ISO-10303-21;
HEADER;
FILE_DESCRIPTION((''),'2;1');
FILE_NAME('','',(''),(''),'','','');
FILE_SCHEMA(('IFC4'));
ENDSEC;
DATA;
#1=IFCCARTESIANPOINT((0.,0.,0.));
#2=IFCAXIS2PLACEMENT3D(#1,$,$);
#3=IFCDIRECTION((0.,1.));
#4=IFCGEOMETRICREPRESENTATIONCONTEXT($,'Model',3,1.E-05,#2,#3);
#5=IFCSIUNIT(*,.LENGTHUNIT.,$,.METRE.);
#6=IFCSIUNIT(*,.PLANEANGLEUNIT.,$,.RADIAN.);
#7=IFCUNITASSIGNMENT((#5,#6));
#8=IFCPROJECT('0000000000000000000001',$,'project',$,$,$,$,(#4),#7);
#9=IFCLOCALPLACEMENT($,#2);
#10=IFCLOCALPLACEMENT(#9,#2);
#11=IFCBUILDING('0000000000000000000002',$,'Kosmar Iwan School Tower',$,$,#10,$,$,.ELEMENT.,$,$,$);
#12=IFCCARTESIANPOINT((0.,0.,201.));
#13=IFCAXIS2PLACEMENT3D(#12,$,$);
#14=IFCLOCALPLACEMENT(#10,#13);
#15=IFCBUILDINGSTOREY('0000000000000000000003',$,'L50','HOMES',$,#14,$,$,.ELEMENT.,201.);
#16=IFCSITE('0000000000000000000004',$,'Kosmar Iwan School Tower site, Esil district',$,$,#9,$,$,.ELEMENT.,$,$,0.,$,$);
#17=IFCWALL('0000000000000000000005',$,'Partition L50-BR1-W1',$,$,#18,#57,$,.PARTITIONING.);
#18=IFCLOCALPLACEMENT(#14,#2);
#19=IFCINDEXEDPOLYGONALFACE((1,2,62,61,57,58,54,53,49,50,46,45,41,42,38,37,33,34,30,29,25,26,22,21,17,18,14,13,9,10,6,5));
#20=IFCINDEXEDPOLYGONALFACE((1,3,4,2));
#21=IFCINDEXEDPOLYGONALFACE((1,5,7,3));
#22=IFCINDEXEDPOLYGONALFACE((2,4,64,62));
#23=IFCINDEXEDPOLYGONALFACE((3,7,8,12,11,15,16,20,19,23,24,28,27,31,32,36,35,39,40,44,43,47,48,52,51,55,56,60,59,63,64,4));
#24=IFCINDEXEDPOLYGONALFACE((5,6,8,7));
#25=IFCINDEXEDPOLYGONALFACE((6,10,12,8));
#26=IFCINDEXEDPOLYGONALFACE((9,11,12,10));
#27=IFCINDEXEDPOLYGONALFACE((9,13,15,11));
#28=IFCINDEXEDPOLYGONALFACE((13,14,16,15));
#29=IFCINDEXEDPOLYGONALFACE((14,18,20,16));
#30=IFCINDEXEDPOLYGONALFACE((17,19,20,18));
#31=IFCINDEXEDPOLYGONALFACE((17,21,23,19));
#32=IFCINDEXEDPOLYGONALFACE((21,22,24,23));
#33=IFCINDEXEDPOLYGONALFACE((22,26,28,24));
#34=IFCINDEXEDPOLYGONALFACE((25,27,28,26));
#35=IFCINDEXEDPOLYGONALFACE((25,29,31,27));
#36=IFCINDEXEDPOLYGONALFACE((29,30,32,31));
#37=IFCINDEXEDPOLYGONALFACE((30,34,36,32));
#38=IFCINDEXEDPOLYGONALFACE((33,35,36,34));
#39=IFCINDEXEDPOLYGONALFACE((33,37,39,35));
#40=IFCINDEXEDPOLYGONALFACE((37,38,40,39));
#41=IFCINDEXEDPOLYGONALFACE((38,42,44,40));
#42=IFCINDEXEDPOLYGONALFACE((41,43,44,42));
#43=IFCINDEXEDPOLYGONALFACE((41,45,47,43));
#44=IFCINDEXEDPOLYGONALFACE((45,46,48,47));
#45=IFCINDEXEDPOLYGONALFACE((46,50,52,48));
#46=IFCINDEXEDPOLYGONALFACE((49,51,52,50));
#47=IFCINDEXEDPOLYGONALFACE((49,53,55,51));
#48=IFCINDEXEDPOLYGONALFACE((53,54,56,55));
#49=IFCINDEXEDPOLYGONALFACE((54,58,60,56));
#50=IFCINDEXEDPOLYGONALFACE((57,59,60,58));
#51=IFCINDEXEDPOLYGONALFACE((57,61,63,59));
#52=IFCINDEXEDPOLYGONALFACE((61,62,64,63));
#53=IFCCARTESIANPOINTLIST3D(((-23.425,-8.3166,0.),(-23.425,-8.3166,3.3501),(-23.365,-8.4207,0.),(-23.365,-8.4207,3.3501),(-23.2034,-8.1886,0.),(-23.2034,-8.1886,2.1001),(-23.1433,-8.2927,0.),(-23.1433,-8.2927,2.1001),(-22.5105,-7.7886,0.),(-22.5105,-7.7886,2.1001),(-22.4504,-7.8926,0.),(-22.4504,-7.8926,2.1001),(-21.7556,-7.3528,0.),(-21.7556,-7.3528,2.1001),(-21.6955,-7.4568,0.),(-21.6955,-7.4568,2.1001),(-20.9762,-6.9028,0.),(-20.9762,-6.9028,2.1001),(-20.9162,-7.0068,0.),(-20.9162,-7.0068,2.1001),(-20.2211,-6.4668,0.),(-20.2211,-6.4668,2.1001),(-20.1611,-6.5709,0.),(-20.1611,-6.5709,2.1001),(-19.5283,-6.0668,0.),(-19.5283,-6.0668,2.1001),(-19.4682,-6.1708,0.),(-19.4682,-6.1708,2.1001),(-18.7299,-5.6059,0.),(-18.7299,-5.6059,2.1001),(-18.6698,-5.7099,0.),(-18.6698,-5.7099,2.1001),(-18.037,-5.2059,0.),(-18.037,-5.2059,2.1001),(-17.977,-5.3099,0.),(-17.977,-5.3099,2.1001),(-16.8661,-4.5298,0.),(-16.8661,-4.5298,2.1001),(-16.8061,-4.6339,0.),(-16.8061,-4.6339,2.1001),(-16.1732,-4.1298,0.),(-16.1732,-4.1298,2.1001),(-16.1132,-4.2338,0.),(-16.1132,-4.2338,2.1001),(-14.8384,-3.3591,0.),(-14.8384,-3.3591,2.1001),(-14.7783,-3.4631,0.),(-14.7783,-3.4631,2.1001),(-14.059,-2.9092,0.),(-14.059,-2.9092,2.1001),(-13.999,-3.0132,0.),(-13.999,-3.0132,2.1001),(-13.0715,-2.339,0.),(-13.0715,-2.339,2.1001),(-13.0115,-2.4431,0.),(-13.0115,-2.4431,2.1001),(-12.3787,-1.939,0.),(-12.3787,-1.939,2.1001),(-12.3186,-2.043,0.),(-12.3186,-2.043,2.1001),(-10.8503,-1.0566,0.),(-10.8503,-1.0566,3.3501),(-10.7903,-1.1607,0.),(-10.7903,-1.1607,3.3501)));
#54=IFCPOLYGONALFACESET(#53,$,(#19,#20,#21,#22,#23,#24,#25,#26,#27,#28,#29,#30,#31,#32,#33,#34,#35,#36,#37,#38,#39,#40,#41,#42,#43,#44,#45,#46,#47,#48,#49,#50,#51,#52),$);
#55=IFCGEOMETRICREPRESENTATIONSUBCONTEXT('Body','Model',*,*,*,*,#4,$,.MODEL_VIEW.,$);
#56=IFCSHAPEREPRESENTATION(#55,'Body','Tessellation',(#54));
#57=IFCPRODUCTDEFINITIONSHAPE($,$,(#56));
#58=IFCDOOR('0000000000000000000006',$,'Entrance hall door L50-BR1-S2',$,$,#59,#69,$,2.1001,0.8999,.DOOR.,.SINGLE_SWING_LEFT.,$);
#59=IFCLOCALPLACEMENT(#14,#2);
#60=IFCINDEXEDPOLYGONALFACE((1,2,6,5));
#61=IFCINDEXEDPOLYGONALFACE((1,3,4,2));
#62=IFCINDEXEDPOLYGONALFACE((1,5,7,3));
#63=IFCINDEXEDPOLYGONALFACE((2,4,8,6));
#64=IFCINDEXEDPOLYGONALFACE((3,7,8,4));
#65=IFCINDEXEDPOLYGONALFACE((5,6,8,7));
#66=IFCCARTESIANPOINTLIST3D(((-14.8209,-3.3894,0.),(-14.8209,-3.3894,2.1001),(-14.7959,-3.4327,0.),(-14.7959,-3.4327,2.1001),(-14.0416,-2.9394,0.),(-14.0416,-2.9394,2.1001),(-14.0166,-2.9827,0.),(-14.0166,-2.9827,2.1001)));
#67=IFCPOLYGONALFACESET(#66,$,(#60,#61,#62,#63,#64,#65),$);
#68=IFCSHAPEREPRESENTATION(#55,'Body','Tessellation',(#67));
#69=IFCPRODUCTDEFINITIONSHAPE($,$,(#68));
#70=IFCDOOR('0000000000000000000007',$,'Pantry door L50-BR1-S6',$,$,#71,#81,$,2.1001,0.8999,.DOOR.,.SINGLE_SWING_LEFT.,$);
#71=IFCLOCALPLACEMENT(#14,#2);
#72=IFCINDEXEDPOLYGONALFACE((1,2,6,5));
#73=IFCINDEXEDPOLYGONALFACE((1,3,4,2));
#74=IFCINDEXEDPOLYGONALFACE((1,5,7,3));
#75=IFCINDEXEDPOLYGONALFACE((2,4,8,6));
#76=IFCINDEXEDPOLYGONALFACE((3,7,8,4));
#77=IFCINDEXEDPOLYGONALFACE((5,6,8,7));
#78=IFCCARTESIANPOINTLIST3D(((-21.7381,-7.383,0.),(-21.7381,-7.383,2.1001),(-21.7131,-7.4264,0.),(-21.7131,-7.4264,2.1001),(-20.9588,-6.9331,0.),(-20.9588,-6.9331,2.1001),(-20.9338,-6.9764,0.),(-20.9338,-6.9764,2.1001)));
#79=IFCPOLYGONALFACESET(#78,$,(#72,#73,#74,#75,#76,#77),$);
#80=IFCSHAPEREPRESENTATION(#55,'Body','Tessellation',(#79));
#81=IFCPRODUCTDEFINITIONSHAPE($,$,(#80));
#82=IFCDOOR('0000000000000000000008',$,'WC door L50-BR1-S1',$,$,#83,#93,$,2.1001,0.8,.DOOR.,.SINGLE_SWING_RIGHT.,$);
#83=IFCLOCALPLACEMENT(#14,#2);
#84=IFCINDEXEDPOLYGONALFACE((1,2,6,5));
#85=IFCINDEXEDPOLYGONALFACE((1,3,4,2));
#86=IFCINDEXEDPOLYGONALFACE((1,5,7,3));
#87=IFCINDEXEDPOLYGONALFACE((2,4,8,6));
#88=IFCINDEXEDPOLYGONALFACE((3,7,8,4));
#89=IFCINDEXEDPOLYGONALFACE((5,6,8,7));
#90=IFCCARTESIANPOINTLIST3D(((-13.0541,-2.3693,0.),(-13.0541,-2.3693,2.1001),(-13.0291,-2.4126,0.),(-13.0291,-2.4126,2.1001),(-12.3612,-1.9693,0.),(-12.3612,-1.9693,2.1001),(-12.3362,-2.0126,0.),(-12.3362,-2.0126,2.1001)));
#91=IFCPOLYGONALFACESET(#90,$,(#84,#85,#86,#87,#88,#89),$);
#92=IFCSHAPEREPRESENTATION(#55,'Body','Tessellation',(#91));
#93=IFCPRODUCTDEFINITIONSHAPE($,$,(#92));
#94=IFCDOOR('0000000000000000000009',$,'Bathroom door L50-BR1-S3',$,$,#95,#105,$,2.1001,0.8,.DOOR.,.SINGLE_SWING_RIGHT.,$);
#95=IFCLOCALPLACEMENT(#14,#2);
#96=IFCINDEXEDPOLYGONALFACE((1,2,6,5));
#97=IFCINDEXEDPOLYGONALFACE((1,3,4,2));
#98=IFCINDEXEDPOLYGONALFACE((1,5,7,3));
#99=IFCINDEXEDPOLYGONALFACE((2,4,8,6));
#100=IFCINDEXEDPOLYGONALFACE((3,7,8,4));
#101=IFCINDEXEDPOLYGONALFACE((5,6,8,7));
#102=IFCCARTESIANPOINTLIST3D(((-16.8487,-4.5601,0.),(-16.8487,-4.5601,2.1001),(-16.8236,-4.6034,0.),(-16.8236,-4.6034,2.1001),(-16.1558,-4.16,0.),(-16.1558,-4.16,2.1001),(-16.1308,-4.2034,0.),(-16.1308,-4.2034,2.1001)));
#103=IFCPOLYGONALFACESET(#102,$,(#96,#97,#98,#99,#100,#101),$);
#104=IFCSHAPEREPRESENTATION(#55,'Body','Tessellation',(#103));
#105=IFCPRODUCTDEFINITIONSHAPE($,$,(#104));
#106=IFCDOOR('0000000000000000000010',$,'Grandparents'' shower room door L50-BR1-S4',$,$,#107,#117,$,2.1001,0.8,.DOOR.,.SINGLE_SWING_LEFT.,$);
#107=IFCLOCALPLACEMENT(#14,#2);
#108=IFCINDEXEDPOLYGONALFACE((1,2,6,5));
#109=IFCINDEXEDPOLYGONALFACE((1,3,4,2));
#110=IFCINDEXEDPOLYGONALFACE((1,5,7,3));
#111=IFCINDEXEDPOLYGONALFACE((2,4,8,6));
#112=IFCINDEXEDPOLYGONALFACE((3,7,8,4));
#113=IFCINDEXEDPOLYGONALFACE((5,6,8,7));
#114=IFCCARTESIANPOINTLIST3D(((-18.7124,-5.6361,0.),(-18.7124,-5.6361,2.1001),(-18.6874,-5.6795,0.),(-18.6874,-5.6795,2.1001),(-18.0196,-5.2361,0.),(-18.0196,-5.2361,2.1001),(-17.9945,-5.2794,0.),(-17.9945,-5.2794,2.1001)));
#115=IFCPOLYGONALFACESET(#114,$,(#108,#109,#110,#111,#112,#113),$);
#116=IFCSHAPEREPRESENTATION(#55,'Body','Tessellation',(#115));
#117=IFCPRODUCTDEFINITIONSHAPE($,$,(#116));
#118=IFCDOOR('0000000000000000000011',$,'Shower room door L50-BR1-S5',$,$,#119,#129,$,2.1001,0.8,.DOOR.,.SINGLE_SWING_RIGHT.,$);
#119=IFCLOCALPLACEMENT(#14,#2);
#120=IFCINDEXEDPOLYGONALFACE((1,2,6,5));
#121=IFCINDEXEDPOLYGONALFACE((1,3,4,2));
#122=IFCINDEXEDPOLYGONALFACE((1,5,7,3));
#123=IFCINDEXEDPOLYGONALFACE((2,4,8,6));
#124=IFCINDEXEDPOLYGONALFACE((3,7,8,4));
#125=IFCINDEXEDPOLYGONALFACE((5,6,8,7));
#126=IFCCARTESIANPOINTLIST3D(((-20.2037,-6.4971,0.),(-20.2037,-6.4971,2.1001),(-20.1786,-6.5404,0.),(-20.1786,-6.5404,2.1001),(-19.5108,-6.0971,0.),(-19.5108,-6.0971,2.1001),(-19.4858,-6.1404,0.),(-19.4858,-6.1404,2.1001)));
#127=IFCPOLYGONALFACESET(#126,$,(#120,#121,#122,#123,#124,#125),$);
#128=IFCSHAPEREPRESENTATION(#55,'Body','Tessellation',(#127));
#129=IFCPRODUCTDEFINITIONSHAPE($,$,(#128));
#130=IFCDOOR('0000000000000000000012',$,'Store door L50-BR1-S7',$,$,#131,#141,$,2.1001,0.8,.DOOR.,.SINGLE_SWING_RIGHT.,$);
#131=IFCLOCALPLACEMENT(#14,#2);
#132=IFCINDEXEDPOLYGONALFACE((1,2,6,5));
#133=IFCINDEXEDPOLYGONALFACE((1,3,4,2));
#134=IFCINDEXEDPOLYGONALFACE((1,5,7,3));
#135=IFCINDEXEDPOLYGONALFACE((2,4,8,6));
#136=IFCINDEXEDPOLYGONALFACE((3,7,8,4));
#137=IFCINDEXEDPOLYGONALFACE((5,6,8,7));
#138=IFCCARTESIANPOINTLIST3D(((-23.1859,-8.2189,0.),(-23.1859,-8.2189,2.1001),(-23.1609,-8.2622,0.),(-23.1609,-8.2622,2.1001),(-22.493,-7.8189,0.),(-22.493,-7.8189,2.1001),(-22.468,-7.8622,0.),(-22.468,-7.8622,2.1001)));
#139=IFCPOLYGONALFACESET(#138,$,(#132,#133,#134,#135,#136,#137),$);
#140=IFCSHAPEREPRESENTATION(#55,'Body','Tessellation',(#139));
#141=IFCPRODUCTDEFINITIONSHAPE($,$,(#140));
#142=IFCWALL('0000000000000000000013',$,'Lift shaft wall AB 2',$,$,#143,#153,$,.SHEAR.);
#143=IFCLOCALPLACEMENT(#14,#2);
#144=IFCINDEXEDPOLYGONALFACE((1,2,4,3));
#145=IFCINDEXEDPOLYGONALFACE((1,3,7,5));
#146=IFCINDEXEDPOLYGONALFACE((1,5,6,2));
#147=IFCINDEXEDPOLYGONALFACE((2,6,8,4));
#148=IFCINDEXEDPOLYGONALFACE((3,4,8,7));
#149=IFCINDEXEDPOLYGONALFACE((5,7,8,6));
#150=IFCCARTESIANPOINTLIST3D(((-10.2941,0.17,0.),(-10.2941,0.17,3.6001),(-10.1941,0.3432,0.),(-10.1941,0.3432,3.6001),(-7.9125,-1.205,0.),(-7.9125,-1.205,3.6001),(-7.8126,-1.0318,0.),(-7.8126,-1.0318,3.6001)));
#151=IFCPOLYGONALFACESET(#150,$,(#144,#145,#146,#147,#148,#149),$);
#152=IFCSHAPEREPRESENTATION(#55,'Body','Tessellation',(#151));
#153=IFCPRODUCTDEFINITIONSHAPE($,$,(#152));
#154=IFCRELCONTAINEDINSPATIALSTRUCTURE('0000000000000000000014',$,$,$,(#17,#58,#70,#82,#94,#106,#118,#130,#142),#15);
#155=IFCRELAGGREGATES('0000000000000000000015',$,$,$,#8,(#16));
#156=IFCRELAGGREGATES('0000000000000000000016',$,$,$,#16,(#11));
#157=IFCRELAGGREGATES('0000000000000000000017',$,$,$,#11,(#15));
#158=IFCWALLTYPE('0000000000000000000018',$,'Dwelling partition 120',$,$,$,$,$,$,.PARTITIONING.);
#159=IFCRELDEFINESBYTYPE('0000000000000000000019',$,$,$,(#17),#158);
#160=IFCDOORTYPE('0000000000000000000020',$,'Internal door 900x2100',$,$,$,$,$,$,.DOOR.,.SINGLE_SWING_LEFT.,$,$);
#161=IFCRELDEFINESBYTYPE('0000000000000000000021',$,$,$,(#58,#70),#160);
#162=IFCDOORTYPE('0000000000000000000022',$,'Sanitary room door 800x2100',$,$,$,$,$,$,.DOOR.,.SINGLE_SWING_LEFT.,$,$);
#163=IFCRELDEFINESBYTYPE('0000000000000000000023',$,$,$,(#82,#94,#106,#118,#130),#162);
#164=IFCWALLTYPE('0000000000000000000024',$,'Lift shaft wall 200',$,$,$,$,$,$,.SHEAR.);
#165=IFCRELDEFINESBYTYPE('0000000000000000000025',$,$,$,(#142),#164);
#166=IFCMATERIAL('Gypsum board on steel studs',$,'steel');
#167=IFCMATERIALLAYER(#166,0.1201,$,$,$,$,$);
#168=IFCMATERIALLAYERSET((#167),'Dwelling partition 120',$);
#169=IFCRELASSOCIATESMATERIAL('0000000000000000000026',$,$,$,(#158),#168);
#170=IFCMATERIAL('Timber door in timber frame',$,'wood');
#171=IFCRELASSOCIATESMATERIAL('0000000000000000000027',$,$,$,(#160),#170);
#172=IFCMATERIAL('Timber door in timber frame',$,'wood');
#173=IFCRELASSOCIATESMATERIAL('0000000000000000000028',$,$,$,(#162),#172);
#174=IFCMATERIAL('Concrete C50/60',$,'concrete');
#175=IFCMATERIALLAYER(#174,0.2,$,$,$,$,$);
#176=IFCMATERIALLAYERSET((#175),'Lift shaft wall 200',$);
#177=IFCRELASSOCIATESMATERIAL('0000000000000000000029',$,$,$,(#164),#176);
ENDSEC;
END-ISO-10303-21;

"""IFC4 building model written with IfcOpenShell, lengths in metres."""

from ifc_helpers import new_model, si_unit, direction, frame, frame_2d, origin, place, context, subcontext, project, spatial, rectangle, extrude, material, layer, layer_set, type_object, element, fill, save


model = new_model("IFC4")

# Units and contexts
model_context = context("Model", 3, precision=1e-05, world=origin(), true_north=direction((0.0, 1.0)))
body_context = subcontext(model_context, "Body", "Model", "MODEL_VIEW")
ifc_project = project(units=[si_unit("LENGTHUNIT", "METRE"), si_unit("PLANEANGLEUNIT", "RADIAN")], contexts=[model_context])

# Site, building, storey
site_placement = place(None, origin())
site = spatial("IfcSite", under=ifc_project, at=site_placement, Name="Kosmar Iwan School Tower site, Esil district", CompositionType="ELEMENT", RefElevation=0.0)
building_placement = place(site_placement, origin())
building = spatial("IfcBuilding", under=site, at=building_placement, Name="Kosmar Iwan School Tower", CompositionType="ELEMENT")
storey_placement = place(building_placement, frame((0.0, 0.0, 201.0)))
storey = spatial("IfcBuildingStorey", under=building, at=storey_placement, Name="L50", Description="HOMES", CompositionType="ELEMENT", Elevation=201.0)

# Shared definitions
ifc_material_1 = material(Name="Gypsum board on steel studs", Category="steel")
ifc_layer_1 = layer(ifc_material_1, 0.1201)
ifc_layer_set_1 = layer_set([ifc_layer_1], Name="Dwelling partition 120")
wall_type_1 = type_object("IfcWallType", Name="Dwelling partition 120", PredefinedType="PARTITIONING", material=ifc_layer_set_1)

# Wall, openings, doors
wall_1_placement = place(storey_placement, frame((-10.8203, -1.1086, 0.0), z_axis=(0.0, 0.0, 1.0), x_axis=(-0.866025, -0.5, 0.0)))
wall_1 = element("IfcWall", 1, at=wall_1_placement, inside=storey, type_object=wall_type_1, Name="Partition L50-BR1-W1", PredefinedType="PARTITIONING", context=body_context, shape_type="SweptSolid", body=[
    extrude(rectangle(XDim=14.52, YDim=0.1201, at=frame_2d((7.26, 0.0))), origin(), (0.0, 0.0, 1.0), 3.3501),
])
opening_1_placement = place(wall_1_placement, frame((1.7649, 0.0, 0.0)))
opening_1 = element("IfcOpeningElement", 2, at=opening_1_placement, cuts=wall_1, PredefinedType="OPENING", context=body_context, shape_type="SweptSolid", body=[
    extrude(rectangle(XDim=0.8, YDim=2.1001, at=frame_2d((0.3999, 1.05))), frame((0.0, 0.072, 0.0), z_axis=(0.0, -1.0, 0.0), x_axis=(1.0, 0.0, 0.0)), (0.0, 0.0, 1.0), 0.144),
])
opening_2_placement = place(wall_1_placement, frame((3.7051, 0.0, 0.0)))
opening_2 = element("IfcOpeningElement", 3, at=opening_2_placement, cuts=wall_1, PredefinedType="OPENING", context=body_context, shape_type="SweptSolid", body=[
    extrude(rectangle(XDim=0.8999, YDim=2.1001, at=frame_2d((0.45, 1.05))), frame((0.0, 0.072, 0.0), z_axis=(0.0, -1.0, 0.0), x_axis=(1.0, 0.0, 0.0)), (0.0, 0.0, 1.0), 0.144),
])
opening_3_placement = place(wall_1_placement, frame((6.1465, 0.0, 0.0)))
opening_3 = element("IfcOpeningElement", 4, at=opening_3_placement, cuts=wall_1, PredefinedType="OPENING", context=body_context, shape_type="SweptSolid", body=[
    extrude(rectangle(XDim=0.8, YDim=2.1001, at=frame_2d((0.3999, 1.05))), frame((0.0, 0.072, 0.0), z_axis=(0.0, -1.0, 0.0), x_axis=(1.0, 0.0, 0.0)), (0.0, 0.0, 1.0), 0.144),
])
opening_4_placement = place(wall_1_placement, frame((8.2986, 0.0, 0.0)))
opening_4 = element("IfcOpeningElement", 5, at=opening_4_placement, cuts=wall_1, PredefinedType="OPENING", context=body_context, shape_type="SweptSolid", body=[
    extrude(rectangle(XDim=0.8, YDim=2.1001, at=frame_2d((0.3999, 1.05))), frame((0.0, 0.072, 0.0), z_axis=(0.0, -1.0, 0.0), x_axis=(1.0, 0.0, 0.0)), (0.0, 0.0, 1.0), 0.144),
])
opening_5_placement = place(wall_1_placement, frame((10.0205, 0.0, 0.0)))
opening_5 = element("IfcOpeningElement", 6, at=opening_5_placement, cuts=wall_1, PredefinedType="OPENING", context=body_context, shape_type="SweptSolid", body=[
    extrude(rectangle(XDim=0.8, YDim=2.1001, at=frame_2d((0.3999, 1.05))), frame((0.0, 0.072, 0.0), z_axis=(0.0, -1.0, 0.0), x_axis=(1.0, 0.0, 0.0)), (0.0, 0.0, 1.0), 0.144),
])
opening_6_placement = place(wall_1_placement, frame((11.6924, 0.0, 0.0)))
opening_6 = element("IfcOpeningElement", 7, at=opening_6_placement, cuts=wall_1, PredefinedType="OPENING", context=body_context, shape_type="SweptSolid", body=[
    extrude(rectangle(XDim=0.8999, YDim=2.1001, at=frame_2d((0.45, 1.05))), frame((0.0, 0.072, 0.0), z_axis=(0.0, -1.0, 0.0), x_axis=(1.0, 0.0, 0.0)), (0.0, 0.0, 1.0), 0.144),
])
opening_7_placement = place(wall_1_placement, frame((13.4641, 0.0, 0.0)))
opening_7 = element("IfcOpeningElement", 8, at=opening_7_placement, cuts=wall_1, PredefinedType="OPENING", context=body_context, shape_type="SweptSolid", body=[
    extrude(rectangle(XDim=0.8, YDim=2.1001, at=frame_2d((0.3999, 1.05))), frame((0.0, 0.072, 0.0), z_axis=(0.0, -1.0, 0.0), x_axis=(1.0, 0.0, 0.0)), (0.0, 0.0, 1.0), 0.144),
])
ifc_material_2 = material(Name="Timber door in timber frame", Category="wood")
door_type_1 = type_object("IfcDoorType", Name="Internal door 900x2100", OperationType="SINGLE_SWING_LEFT", PredefinedType="DOOR", material=ifc_material_2)
door_1_placement = place(opening_2_placement, origin())
door_1 = element("IfcDoor", 9, at=door_1_placement, inside=storey, type_object=door_type_1, Name="Entrance hall door L50-BR1-S2", OperationType="SINGLE_SWING_LEFT", OverallHeight=2.1001, OverallWidth=0.8999, PredefinedType="DOOR", context=body_context, shape_type="SweptSolid", body=[
    extrude(rectangle(XDim=0.8999, YDim=2.1001, at=frame_2d((0.45, 1.05))), frame((0.0, 0.0249, 0.0), z_axis=(0.0, -1.0, 0.0), x_axis=(1.0, 0.0, 0.0)), (0.0, 0.0, 1.0), 0.05),
])
fill(opening_2, door_1)
door_2_placement = place(opening_6_placement, origin())
door_2 = element("IfcDoor", 10, at=door_2_placement, inside=storey, type_object=door_type_1, Name="Pantry door L50-BR1-S6", OperationType="SINGLE_SWING_LEFT", OverallHeight=2.1001, OverallWidth=0.8999, PredefinedType="DOOR", context=body_context, shape_type="SweptSolid", body=[
    extrude(rectangle(XDim=0.8999, YDim=2.1001, at=frame_2d((0.45, 1.05))), frame((0.0, 0.0249, 0.0), z_axis=(0.0, -1.0, 0.0), x_axis=(1.0, 0.0, 0.0)), (0.0, 0.0, 1.0), 0.05),
])
fill(opening_6, door_2)
ifc_material_3 = material(Name="Timber door in timber frame", Category="wood")
door_type_2 = type_object("IfcDoorType", Name="Sanitary room door 800x2100", OperationType="SINGLE_SWING_LEFT", PredefinedType="DOOR", material=ifc_material_3)
door_3_placement = place(opening_1_placement, origin())
door_3 = element("IfcDoor", 11, at=door_3_placement, inside=storey, type_object=door_type_2, Name="WC door L50-BR1-S1", OperationType="SINGLE_SWING_RIGHT", OverallHeight=2.1001, OverallWidth=0.8, PredefinedType="DOOR", context=body_context, shape_type="SweptSolid", body=[
    extrude(rectangle(XDim=0.8, YDim=2.1001, at=frame_2d((0.3999, 1.05))), frame((0.0, 0.0249, 0.0), z_axis=(0.0, -1.0, 0.0), x_axis=(1.0, 0.0, 0.0)), (0.0, 0.0, 1.0), 0.05),
])
fill(opening_1, door_3)
door_4_placement = place(opening_3_placement, origin())
door_4 = element("IfcDoor", 12, at=door_4_placement, inside=storey, type_object=door_type_2, Name="Bathroom door L50-BR1-S3", OperationType="SINGLE_SWING_RIGHT", OverallHeight=2.1001, OverallWidth=0.8, PredefinedType="DOOR", context=body_context, shape_type="SweptSolid", body=[
    extrude(rectangle(XDim=0.8, YDim=2.1001, at=frame_2d((0.3999, 1.05))), frame((0.0, 0.0249, 0.0), z_axis=(0.0, -1.0, 0.0), x_axis=(1.0, 0.0, 0.0)), (0.0, 0.0, 1.0), 0.05),
])
fill(opening_3, door_4)
door_5_placement = place(opening_4_placement, origin())
door_5 = element("IfcDoor", 13, at=door_5_placement, inside=storey, type_object=door_type_2, Name="Grandparents' shower room door L50-BR1-S4", OperationType="SINGLE_SWING_LEFT", OverallHeight=2.1001, OverallWidth=0.8, PredefinedType="DOOR", context=body_context, shape_type="SweptSolid", body=[
    extrude(rectangle(XDim=0.8, YDim=2.1001, at=frame_2d((0.3999, 1.05))), frame((0.0, 0.0249, 0.0), z_axis=(0.0, -1.0, 0.0), x_axis=(1.0, 0.0, 0.0)), (0.0, 0.0, 1.0), 0.05),
])
fill(opening_4, door_5)
door_6_placement = place(opening_5_placement, origin())
door_6 = element("IfcDoor", 14, at=door_6_placement, inside=storey, type_object=door_type_2, Name="Shower room door L50-BR1-S5", OperationType="SINGLE_SWING_RIGHT", OverallHeight=2.1001, OverallWidth=0.8, PredefinedType="DOOR", context=body_context, shape_type="SweptSolid", body=[
    extrude(rectangle(XDim=0.8, YDim=2.1001, at=frame_2d((0.3999, 1.05))), frame((0.0, 0.0249, 0.0), z_axis=(0.0, -1.0, 0.0), x_axis=(1.0, 0.0, 0.0)), (0.0, 0.0, 1.0), 0.05),
])
fill(opening_5, door_6)
door_7_placement = place(opening_7_placement, origin())
door_7 = element("IfcDoor", 15, at=door_7_placement, inside=storey, type_object=door_type_2, Name="Store door L50-BR1-S7", OperationType="SINGLE_SWING_RIGHT", OverallHeight=2.1001, OverallWidth=0.8, PredefinedType="DOOR", context=body_context, shape_type="SweptSolid", body=[
    extrude(rectangle(XDim=0.8, YDim=2.1001, at=frame_2d((0.3999, 1.05))), frame((0.0, 0.0249, 0.0), z_axis=(0.0, -1.0, 0.0), x_axis=(1.0, 0.0, 0.0)), (0.0, 0.0, 1.0), 0.05),
])
fill(opening_7, door_7)

# Wall
ifc_material_4 = material(Name="Concrete C50/60", Category="concrete")
ifc_layer_2 = layer(ifc_material_4, 0.2)
ifc_layer_set_2 = layer_set([ifc_layer_2], Name="Lift shaft wall 200")
wall_type_2 = type_object("IfcWallType", Name="Lift shaft wall 200", PredefinedType="SHEAR", material=ifc_layer_set_2)
wall_2_placement = place(storey_placement, frame((-7.8625, -1.1184, 0.0), z_axis=(0.0, 0.0, 1.0), x_axis=(-0.866027, 0.499997, 0.0)))
element("IfcWall", 16, at=wall_2_placement, inside=storey, type_object=wall_type_2, Name="Lift shaft wall AB 2", PredefinedType="SHEAR", context=body_context, shape_type="SweptSolid", body=[
    extrude(rectangle(XDim=2.75, YDim=0.2, at=frame_2d((1.375, 0.0))), origin(), (0.0, 0.0, 1.0), 3.6001),
])

save(model, "model.ifc")
